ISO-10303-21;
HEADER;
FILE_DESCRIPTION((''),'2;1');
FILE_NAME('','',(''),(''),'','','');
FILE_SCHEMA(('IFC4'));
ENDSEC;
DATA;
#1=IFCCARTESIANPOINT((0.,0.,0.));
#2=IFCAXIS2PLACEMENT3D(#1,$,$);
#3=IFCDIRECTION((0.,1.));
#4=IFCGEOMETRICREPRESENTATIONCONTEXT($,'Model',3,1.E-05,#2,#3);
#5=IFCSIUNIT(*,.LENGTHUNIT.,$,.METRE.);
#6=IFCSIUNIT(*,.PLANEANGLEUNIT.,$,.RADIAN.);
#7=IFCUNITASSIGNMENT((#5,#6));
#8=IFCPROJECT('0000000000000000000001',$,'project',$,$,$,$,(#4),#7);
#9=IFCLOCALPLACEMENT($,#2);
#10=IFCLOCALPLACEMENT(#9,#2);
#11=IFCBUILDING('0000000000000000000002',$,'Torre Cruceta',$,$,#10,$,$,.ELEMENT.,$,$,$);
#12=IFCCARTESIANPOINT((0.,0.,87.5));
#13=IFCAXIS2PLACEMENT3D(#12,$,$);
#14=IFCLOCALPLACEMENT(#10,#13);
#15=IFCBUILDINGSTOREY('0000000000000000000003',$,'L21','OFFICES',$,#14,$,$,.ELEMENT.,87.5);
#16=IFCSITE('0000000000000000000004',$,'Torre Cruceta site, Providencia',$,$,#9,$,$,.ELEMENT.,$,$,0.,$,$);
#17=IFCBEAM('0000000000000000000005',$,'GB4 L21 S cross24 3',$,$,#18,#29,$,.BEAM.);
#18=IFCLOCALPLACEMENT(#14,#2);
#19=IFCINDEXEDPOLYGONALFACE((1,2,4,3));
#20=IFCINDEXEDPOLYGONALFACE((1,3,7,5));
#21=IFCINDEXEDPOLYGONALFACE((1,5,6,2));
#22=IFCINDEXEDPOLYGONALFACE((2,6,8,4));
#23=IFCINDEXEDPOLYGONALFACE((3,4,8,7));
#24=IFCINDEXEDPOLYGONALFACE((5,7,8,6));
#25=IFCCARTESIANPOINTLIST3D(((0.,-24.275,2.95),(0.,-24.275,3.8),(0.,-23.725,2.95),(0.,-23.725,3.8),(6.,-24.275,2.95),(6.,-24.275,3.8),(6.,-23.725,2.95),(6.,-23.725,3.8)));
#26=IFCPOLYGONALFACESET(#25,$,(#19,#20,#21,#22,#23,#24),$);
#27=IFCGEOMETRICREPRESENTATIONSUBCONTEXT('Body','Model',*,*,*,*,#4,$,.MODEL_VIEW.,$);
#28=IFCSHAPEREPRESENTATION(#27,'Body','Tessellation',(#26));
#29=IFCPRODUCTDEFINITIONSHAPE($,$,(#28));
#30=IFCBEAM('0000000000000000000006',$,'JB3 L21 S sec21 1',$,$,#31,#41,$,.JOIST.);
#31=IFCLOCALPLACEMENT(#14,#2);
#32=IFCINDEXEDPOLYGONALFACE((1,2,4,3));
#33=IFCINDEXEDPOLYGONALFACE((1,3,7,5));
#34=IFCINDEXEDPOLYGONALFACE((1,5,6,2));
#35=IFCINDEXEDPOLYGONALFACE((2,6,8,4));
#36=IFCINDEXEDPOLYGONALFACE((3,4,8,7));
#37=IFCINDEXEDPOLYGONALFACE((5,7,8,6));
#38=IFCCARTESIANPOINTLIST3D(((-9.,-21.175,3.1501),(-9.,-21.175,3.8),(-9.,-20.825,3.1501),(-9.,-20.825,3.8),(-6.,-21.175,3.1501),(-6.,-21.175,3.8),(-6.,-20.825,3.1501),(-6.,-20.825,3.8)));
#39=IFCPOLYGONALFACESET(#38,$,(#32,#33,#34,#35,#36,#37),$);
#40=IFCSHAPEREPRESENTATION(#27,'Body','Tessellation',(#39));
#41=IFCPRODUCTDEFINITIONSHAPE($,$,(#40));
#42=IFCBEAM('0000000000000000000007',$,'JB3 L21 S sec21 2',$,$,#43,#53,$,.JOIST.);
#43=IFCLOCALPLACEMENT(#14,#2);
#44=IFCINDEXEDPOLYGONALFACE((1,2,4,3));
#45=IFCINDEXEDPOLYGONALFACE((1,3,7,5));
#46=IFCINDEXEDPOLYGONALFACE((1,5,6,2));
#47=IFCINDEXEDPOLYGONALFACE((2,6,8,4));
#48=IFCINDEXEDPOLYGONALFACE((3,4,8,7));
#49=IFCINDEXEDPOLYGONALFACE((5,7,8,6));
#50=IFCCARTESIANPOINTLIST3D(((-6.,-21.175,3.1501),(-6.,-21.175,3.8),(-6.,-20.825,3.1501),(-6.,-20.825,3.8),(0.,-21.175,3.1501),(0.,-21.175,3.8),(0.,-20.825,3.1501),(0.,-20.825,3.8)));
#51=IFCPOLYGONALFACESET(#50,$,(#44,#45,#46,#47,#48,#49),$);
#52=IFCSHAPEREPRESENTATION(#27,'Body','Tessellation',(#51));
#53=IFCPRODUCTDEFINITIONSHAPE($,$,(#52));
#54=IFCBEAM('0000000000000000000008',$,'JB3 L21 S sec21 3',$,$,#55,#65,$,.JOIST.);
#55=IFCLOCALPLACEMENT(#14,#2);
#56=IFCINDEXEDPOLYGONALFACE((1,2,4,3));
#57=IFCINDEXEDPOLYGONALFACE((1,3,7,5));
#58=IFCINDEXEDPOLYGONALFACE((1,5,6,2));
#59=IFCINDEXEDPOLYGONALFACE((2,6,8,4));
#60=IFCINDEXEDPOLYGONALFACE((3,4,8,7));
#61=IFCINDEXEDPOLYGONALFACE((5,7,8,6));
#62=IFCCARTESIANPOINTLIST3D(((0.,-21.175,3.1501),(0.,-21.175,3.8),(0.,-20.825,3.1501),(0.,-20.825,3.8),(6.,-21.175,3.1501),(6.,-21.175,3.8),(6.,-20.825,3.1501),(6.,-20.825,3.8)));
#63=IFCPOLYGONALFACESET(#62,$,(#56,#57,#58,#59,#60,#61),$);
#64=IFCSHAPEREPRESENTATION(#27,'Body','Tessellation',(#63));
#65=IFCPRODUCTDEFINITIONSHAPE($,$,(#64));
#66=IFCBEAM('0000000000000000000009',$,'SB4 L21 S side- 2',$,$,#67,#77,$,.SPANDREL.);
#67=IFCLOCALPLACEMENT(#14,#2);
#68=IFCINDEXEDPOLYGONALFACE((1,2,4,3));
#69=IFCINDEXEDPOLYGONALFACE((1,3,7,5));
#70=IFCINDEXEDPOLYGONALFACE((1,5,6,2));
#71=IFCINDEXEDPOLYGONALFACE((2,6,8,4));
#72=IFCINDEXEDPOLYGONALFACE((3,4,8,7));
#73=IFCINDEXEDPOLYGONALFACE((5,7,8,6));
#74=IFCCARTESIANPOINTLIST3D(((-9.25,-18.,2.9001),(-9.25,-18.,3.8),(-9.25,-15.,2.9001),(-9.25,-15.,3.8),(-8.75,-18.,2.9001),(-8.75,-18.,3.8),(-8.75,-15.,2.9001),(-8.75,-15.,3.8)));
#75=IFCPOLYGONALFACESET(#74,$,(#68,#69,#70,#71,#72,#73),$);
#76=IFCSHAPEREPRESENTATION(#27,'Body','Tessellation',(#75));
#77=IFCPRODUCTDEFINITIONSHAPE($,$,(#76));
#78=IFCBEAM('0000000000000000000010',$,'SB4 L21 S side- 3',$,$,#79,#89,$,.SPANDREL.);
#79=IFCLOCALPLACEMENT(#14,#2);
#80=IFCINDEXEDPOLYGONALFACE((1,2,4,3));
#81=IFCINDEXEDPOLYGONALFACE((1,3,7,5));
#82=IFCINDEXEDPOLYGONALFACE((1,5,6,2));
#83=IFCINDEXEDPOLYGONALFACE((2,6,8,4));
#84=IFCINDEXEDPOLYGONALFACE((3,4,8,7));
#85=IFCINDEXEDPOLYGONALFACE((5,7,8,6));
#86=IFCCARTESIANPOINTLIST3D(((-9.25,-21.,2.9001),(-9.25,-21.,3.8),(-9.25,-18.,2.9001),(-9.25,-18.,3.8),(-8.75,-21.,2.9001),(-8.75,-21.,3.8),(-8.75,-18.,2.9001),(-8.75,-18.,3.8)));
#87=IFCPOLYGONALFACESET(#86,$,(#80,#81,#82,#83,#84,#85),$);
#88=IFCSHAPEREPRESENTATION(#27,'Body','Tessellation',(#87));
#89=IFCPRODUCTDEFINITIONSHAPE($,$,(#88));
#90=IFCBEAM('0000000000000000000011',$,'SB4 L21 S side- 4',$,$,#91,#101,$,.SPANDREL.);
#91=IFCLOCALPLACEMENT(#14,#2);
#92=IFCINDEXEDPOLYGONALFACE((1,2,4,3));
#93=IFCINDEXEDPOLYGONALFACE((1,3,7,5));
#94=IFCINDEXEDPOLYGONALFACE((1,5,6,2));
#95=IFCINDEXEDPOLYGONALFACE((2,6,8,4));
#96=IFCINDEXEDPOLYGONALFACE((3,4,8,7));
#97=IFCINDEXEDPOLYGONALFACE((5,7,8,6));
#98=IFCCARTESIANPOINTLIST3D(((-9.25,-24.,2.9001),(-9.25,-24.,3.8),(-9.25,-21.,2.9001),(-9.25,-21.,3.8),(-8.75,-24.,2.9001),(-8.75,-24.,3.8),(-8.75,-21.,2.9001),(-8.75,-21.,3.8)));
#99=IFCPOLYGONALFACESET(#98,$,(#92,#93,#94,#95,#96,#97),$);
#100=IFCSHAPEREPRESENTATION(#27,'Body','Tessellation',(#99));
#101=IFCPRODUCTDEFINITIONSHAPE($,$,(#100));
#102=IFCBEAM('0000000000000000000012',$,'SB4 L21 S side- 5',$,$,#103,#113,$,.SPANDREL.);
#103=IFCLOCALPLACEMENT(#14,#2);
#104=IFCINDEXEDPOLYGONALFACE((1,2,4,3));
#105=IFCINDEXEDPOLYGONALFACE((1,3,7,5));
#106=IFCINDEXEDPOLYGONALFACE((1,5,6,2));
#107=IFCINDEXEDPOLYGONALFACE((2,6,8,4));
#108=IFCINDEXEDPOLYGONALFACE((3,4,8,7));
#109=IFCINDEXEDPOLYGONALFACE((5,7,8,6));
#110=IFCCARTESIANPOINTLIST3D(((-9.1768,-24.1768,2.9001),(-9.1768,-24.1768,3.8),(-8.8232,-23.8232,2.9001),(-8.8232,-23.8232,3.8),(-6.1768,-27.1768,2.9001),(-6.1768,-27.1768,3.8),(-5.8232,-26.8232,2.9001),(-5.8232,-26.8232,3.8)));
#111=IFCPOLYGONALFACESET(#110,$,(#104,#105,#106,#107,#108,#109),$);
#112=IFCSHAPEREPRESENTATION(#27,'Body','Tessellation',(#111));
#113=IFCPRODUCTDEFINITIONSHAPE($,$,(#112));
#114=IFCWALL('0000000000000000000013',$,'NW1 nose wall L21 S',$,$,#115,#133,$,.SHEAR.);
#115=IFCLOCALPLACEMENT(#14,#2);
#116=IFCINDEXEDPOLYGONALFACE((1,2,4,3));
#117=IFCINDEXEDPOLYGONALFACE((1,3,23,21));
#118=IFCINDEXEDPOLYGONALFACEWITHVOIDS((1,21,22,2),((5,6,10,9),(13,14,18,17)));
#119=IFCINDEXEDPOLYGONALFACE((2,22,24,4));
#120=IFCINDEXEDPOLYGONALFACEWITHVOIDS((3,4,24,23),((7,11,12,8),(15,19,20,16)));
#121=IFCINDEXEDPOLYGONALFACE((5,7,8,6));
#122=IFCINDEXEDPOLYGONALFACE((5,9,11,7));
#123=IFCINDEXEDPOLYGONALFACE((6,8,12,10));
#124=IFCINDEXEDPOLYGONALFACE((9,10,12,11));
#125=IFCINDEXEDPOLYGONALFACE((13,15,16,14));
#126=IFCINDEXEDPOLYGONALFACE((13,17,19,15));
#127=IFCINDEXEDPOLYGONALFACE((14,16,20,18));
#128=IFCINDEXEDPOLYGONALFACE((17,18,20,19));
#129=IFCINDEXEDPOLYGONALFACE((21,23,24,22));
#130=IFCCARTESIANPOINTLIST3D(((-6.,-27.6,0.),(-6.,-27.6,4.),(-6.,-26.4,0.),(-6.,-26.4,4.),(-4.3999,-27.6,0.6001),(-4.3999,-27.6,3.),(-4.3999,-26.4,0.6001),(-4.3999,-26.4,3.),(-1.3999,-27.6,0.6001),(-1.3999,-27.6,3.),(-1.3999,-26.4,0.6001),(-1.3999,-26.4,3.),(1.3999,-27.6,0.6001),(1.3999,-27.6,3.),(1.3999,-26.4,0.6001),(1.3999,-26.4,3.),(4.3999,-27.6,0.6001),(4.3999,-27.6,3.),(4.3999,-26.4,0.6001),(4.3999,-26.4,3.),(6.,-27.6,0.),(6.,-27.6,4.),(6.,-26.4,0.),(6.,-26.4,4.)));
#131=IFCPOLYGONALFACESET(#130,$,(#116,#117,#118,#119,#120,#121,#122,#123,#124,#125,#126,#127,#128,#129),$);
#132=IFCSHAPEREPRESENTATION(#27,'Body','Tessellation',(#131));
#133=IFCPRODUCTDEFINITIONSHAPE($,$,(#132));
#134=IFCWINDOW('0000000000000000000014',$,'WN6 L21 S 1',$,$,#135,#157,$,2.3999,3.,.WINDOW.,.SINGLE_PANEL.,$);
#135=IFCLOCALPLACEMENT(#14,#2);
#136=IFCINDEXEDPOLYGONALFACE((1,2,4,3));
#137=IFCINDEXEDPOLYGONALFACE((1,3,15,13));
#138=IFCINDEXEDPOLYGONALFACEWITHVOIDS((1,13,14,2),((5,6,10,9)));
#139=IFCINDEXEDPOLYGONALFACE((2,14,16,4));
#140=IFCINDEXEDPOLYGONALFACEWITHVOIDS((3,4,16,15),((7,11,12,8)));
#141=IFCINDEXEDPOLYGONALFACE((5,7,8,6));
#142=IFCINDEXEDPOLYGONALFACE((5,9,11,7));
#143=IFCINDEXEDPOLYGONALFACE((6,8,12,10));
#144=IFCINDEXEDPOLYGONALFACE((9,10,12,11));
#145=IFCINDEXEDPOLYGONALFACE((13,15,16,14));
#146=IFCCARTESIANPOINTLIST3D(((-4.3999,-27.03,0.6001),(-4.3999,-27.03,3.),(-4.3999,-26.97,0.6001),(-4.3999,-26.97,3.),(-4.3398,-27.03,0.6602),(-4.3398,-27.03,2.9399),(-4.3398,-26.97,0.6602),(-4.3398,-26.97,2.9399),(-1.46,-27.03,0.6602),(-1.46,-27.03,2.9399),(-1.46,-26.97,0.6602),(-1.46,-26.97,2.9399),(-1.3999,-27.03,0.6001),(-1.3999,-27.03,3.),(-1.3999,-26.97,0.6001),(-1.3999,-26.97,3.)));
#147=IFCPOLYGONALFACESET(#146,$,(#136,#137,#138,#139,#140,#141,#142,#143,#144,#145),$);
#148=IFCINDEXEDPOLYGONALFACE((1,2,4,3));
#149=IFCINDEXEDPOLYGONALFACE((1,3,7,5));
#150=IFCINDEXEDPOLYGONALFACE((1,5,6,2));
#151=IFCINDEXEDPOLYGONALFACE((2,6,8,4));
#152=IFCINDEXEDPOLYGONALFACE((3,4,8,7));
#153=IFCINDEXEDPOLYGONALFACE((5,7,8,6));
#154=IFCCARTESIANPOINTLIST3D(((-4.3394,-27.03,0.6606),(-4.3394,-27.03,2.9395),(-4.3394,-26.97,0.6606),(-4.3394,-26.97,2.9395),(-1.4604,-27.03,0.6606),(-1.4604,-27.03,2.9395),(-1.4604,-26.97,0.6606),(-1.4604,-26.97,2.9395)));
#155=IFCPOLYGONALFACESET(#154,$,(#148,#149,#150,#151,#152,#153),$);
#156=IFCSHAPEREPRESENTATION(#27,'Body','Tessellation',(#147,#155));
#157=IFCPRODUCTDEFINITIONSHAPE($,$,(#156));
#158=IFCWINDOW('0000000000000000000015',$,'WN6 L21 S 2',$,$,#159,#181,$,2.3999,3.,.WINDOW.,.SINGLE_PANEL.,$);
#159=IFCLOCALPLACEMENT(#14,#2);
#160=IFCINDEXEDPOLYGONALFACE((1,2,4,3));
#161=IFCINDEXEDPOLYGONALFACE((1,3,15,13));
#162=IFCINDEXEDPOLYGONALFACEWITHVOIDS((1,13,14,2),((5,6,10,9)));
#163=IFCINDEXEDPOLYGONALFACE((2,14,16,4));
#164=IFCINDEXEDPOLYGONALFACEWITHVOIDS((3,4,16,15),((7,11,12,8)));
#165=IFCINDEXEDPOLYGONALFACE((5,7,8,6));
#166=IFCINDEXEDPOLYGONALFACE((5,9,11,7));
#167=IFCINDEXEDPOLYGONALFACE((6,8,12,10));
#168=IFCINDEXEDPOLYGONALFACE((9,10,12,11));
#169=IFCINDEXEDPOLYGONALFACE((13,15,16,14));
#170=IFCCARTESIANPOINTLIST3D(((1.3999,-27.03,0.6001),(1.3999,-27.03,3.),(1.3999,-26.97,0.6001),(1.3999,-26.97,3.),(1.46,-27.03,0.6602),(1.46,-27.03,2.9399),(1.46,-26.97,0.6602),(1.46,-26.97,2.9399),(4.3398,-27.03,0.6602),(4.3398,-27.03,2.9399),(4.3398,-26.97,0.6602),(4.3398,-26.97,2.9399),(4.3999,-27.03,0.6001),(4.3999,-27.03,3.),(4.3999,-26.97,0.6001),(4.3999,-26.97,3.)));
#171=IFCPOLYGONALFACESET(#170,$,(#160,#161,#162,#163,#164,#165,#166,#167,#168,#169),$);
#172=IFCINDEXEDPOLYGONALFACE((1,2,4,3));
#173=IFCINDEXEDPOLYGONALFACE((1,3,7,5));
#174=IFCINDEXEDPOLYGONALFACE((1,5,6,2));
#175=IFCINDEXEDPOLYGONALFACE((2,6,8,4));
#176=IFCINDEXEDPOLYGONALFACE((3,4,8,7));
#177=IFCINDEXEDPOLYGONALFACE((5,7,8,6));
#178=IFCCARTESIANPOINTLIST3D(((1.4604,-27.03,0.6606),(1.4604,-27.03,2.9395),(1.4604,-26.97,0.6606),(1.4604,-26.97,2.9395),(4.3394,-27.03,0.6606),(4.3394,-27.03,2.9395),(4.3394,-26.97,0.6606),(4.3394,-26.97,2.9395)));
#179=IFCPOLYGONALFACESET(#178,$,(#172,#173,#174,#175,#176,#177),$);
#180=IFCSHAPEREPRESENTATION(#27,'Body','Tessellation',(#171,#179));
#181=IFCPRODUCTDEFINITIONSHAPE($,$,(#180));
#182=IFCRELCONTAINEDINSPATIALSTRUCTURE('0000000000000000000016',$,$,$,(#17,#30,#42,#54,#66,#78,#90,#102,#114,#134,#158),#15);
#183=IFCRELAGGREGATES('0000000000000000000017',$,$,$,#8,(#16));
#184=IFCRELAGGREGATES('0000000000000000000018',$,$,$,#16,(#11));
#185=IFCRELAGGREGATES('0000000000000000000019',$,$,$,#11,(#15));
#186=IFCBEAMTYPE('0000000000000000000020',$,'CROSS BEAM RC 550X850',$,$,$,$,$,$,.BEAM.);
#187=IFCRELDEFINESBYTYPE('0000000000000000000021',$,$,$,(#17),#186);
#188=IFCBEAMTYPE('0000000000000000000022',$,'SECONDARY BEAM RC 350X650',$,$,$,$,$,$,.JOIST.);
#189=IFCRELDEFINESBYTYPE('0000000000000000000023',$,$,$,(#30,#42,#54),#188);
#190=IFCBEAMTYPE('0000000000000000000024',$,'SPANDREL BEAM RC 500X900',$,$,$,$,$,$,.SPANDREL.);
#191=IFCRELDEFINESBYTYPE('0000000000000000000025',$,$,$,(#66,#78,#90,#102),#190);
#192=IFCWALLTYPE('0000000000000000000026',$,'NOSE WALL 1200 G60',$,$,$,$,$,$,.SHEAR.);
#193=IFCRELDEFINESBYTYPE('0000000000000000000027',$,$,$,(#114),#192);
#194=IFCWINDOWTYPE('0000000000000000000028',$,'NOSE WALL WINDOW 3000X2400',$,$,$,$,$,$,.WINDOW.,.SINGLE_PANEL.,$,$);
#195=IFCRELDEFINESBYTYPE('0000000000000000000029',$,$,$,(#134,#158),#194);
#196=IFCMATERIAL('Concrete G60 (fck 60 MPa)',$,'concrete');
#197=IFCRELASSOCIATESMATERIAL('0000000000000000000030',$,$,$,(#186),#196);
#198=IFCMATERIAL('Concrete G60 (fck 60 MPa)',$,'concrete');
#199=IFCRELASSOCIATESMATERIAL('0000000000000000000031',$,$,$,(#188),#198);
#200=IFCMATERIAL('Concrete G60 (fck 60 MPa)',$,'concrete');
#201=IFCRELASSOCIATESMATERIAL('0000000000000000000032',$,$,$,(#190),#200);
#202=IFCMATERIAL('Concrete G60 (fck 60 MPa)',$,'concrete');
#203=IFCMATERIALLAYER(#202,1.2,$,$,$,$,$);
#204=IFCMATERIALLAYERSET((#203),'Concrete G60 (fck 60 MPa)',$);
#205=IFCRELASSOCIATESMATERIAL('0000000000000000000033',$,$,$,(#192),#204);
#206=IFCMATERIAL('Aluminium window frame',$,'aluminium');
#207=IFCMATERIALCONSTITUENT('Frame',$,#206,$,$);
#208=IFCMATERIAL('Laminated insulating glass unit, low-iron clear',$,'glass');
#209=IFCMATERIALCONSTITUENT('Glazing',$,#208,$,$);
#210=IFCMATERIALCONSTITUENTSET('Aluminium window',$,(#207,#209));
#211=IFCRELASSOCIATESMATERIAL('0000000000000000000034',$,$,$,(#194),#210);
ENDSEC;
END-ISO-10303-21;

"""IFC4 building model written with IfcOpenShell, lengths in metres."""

from ifc_helpers import new_model, si_unit, direction, frame, frame_2d, origin, origin_2d, place, context, subcontext, project, spatial, rectangle, hollow_rectangle, extrude, material, layer, layer_set, constituent, constituent_set, material_profile, profile_set, type_object, element, fill, save


model = new_model("IFC4")

# Units and contexts
model_context = context("Model", 3, precision=1e-05, world=origin(), true_north=direction((0.0, 1.0)))
body_context = subcontext(model_context, "Body", "Model", "MODEL_VIEW")
ifc_project = project(units=[si_unit("LENGTHUNIT", "METRE"), si_unit("PLANEANGLEUNIT", "RADIAN")], contexts=[model_context])

# Site, building, storey
site_placement = place(None, origin())
site = spatial("IfcSite", under=ifc_project, at=site_placement, Name="Torre Cruceta site, Providencia", CompositionType="ELEMENT", RefElevation=0.0)
building_placement = place(site_placement, origin())
building = spatial("IfcBuilding", under=site, at=building_placement, Name="Torre Cruceta", CompositionType="ELEMENT")
storey_placement = place(building_placement, frame((0.0, 0.0, 87.5)))
storey = spatial("IfcBuildingStorey", under=building, at=storey_placement, Name="L21", Description="OFFICES", CompositionType="ELEMENT", Elevation=87.5)

# Beams
ifc_material_1 = material(Name="Concrete G60 (fck 60 MPa)", Category="concrete")
ifc_material_profile_1 = material_profile(ifc_material_1, rectangle(XDim=0.55, YDim=0.8501, at=origin_2d()), Name="RC 550X850")
ifc_profile_set_1 = profile_set([ifc_material_profile_1], Name="Concrete G60 (fck 60 MPa)")
beam_type_1 = type_object("IfcBeamType", Name="CROSS BEAM RC 550X850", PredefinedType="BEAM", material=ifc_profile_set_1)
for number, where, z_axis, x_axis, name in (
    (1, (0.0, -24.0, 3.375), (1.0, 0.0, 0.0), (0.0, 1.0, 0.0), "GB4 L21 S cross24 3"),
):
    element("IfcBeam", number, at=place(storey_placement, frame(where, z_axis=z_axis, x_axis=x_axis)), inside=storey, type_object=beam_type_1, Name=name, PredefinedType="BEAM", context=body_context, shape_type="SweptSolid", body=[
        extrude(rectangle(XDim=0.55, YDim=0.8501, at=origin_2d()), origin(), (0.0, 0.0, 1.0), 6.0),
    ])
ifc_material_2 = material(Name="Concrete G60 (fck 60 MPa)", Category="concrete")
ifc_material_profile_2 = material_profile(ifc_material_2, rectangle(XDim=0.3501, YDim=0.6499, at=origin_2d()), Name="RC 350X650")
ifc_profile_set_2 = profile_set([ifc_material_profile_2], Name="Concrete G60 (fck 60 MPa)")
beam_type_2 = type_object("IfcBeamType", Name="SECONDARY BEAM RC 350X650", PredefinedType="JOIST", material=ifc_profile_set_2)
beam_1_placement = place(storey_placement, frame((-9.0, -21.0, 3.4751), z_axis=(1.0, 0.0, 0.0), x_axis=(0.0, 1.0, 0.0)))
element("IfcBeam", 2, at=beam_1_placement, inside=storey, type_object=beam_type_2, Name="JB3 L21 S sec21 1", PredefinedType="JOIST", context=body_context, shape_type="SweptSolid", body=[
    extrude(rectangle(XDim=0.3501, YDim=0.6499, at=origin_2d()), origin(), (0.0, 0.0, 1.0), 3.0),
])
for number, where, z_axis, x_axis, name in (
    (3, (-6.0, -21.0, 3.4751), (1.0, 0.0, 0.0), (0.0, 1.0, 0.0), "JB3 L21 S sec21 2"),
    (4, (0.0, -21.0, 3.4751), (1.0, 0.0, 0.0), (0.0, 1.0, 0.0), "JB3 L21 S sec21 3"),
):
    element("IfcBeam", number, at=place(storey_placement, frame(where, z_axis=z_axis, x_axis=x_axis)), inside=storey, type_object=beam_type_2, Name=name, PredefinedType="JOIST", context=body_context, shape_type="SweptSolid", body=[
        extrude(rectangle(XDim=0.3501, YDim=0.6499, at=origin_2d()), origin(), (0.0, 0.0, 1.0), 6.0),
    ])
ifc_material_3 = material(Name="Concrete G60 (fck 60 MPa)", Category="concrete")
ifc_material_profile_3 = material_profile(ifc_material_3, rectangle(XDim=0.5, YDim=0.8999, at=origin_2d()), Name="RC 500X900")
ifc_profile_set_3 = profile_set([ifc_material_profile_3], Name="Concrete G60 (fck 60 MPa)")
beam_type_3 = type_object("IfcBeamType", Name="SPANDREL BEAM RC 500X900", PredefinedType="SPANDREL", material=ifc_profile_set_3)
for number, where, z_axis, x_axis, name in (
    (5, (-9.0, -15.0, 3.3501), (0.0, -1.0, 0.0), (1.0, 0.0, 0.0), "SB4 L21 S side- 2"),
    (6, (-9.0, -18.0, 3.3501), (0.0, -1.0, 0.0), (1.0, 0.0, 0.0), "SB4 L21 S side- 3"),
    (7, (-9.0, -21.0, 3.3501), (0.0, -1.0, 0.0), (1.0, 0.0, 0.0), "SB4 L21 S side- 4"),
):
    element("IfcBeam", number, at=place(storey_placement, frame(where, z_axis=z_axis, x_axis=x_axis)), inside=storey, type_object=beam_type_3, Name=name, PredefinedType="SPANDREL", context=body_context, shape_type="SweptSolid", body=[
        extrude(rectangle(XDim=0.5, YDim=0.8999, at=origin_2d()), origin(), (0.0, 0.0, 1.0), 3.0),
    ])
beam_2_placement = place(storey_placement, frame((-9.0, -24.0, 3.3501), z_axis=(0.707107, -0.707107, 0.0), x_axis=(0.707107, 0.707107, 0.0)))
element("IfcBeam", 8, at=beam_2_placement, inside=storey, type_object=beam_type_3, Name="SB4 L21 S side- 5", PredefinedType="SPANDREL", context=body_context, shape_type="SweptSolid", body=[
    extrude(rectangle(XDim=0.5, YDim=0.8999, at=origin_2d()), origin(), (0.0, 0.0, 1.0), 4.2427),
])

# Wall, openings, windows
ifc_material_4 = material(Name="Concrete G60 (fck 60 MPa)", Category="concrete")
ifc_layer_1 = layer(ifc_material_4, 1.2)
ifc_layer_set_1 = layer_set([ifc_layer_1], Name="Concrete G60 (fck 60 MPa)")
wall_type_1 = type_object("IfcWallType", Name="NOSE WALL 1200 G60", PredefinedType="SHEAR", material=ifc_layer_set_1)
wall_1_placement = place(storey_placement, frame((-6.0, -27.0, 0.0), z_axis=(0.0, 0.0, 1.0), x_axis=(1.0, 0.0, 0.0)))
wall_1 = element("IfcWall", 9, at=wall_1_placement, inside=storey, type_object=wall_type_1, Name="NW1 nose wall L21 S", PredefinedType="SHEAR", context=body_context, shape_type="SweptSolid", body=[
    extrude(rectangle(XDim=12.0, YDim=1.2, at=frame_2d((6.0, 0.0))), origin(), (0.0, 0.0, 1.0), 4.0),
])
opening_1_placement = place(wall_1_placement, frame((1.6001, 0.0, 0.6001)))
opening_1 = element("IfcOpeningElement", 10, at=opening_1_placement, cuts=wall_1, PredefinedType="OPENING", context=body_context, shape_type="SweptSolid", body=[
    extrude(rectangle(XDim=3.0, YDim=2.3999, at=frame_2d((1.5, 1.2))), frame((0.0, 0.6099, 0.0), z_axis=(0.0, -1.0, 0.0), x_axis=(1.0, 0.0, 0.0)), (0.0, 0.0, 1.0), 1.22),
])
opening_2_placement = place(wall_1_placement, frame((7.3999, 0.0, 0.6001)))
opening_2 = element("IfcOpeningElement", 11, at=opening_2_placement, cuts=wall_1, PredefinedType="OPENING", context=body_context, shape_type="SweptSolid", body=[
    extrude(rectangle(XDim=3.0, YDim=2.3999, at=frame_2d((1.5, 1.2))), frame((0.0, 0.6099, 0.0), z_axis=(0.0, -1.0, 0.0), x_axis=(1.0, 0.0, 0.0)), (0.0, 0.0, 1.0), 1.22),
])
ifc_material_5 = material(Name="Aluminium window frame", Category="aluminium")
ifc_constituent_1 = constituent(ifc_material_5, Name="Frame")
ifc_material_6 = material(Name="Laminated insulating glass unit, low-iron clear", Category="glass")
ifc_constituent_2 = constituent(ifc_material_6, Name="Glazing")
ifc_constituent_set_1 = constituent_set(constituents=[ifc_constituent_1, ifc_constituent_2], Name="Aluminium window")
window_type = type_object("IfcWindowType", Name="NOSE WALL WINDOW 3000X2400", PartitioningType="SINGLE_PANEL", PredefinedType="WINDOW", material=ifc_constituent_set_1)
window_1_placement = place(opening_1_placement, origin())
window_1 = element("IfcWindow", 12, at=window_1_placement, inside=storey, type_object=window_type, Name="WN6 L21 S 1", OverallHeight=2.3999, OverallWidth=3.0, PartitioningType="SINGLE_PANEL", PredefinedType="WINDOW", context=body_context, shape_type="SweptSolid", body=[
    extrude(hollow_rectangle(XDim=3.0, YDim=2.3999, WallThickness=0.0601, at=frame_2d((1.5, 1.2))), frame((0.0, 0.03, 0.0), z_axis=(0.0, -1.0, 0.0), x_axis=(1.0, 0.0, 0.0)), (0.0, 0.0, 1.0), 0.0601),
    extrude(rectangle(XDim=2.8789, YDim=2.2788, at=frame_2d((1.5, 1.2))), frame((0.0, 0.03, 0.0), z_axis=(0.0, -1.0, 0.0), x_axis=(1.0, 0.0, 0.0)), (0.0, 0.0, 1.0), 0.0601),
])
fill(opening_1, window_1)
window_2_placement = place(opening_2_placement, origin())
window_2 = element("IfcWindow", 13, at=window_2_placement, inside=storey, type_object=window_type, Name="WN6 L21 S 2", OverallHeight=2.3999, OverallWidth=3.0, PartitioningType="SINGLE_PANEL", PredefinedType="WINDOW", context=body_context, shape_type="SweptSolid", body=[
    extrude(hollow_rectangle(XDim=3.0, YDim=2.3999, WallThickness=0.0601, at=frame_2d((1.5, 1.2))), frame((0.0, 0.03, 0.0), z_axis=(0.0, -1.0, 0.0), x_axis=(1.0, 0.0, 0.0)), (0.0, 0.0, 1.0), 0.0601),
    extrude(rectangle(XDim=2.8789, YDim=2.2788, at=frame_2d((1.5, 1.2))), frame((0.0, 0.03, 0.0), z_axis=(0.0, -1.0, 0.0), x_axis=(1.0, 0.0, 0.0)), (0.0, 0.0, 1.0), 0.0601),
])
fill(opening_2, window_2)

save(model, "model.ifc")
